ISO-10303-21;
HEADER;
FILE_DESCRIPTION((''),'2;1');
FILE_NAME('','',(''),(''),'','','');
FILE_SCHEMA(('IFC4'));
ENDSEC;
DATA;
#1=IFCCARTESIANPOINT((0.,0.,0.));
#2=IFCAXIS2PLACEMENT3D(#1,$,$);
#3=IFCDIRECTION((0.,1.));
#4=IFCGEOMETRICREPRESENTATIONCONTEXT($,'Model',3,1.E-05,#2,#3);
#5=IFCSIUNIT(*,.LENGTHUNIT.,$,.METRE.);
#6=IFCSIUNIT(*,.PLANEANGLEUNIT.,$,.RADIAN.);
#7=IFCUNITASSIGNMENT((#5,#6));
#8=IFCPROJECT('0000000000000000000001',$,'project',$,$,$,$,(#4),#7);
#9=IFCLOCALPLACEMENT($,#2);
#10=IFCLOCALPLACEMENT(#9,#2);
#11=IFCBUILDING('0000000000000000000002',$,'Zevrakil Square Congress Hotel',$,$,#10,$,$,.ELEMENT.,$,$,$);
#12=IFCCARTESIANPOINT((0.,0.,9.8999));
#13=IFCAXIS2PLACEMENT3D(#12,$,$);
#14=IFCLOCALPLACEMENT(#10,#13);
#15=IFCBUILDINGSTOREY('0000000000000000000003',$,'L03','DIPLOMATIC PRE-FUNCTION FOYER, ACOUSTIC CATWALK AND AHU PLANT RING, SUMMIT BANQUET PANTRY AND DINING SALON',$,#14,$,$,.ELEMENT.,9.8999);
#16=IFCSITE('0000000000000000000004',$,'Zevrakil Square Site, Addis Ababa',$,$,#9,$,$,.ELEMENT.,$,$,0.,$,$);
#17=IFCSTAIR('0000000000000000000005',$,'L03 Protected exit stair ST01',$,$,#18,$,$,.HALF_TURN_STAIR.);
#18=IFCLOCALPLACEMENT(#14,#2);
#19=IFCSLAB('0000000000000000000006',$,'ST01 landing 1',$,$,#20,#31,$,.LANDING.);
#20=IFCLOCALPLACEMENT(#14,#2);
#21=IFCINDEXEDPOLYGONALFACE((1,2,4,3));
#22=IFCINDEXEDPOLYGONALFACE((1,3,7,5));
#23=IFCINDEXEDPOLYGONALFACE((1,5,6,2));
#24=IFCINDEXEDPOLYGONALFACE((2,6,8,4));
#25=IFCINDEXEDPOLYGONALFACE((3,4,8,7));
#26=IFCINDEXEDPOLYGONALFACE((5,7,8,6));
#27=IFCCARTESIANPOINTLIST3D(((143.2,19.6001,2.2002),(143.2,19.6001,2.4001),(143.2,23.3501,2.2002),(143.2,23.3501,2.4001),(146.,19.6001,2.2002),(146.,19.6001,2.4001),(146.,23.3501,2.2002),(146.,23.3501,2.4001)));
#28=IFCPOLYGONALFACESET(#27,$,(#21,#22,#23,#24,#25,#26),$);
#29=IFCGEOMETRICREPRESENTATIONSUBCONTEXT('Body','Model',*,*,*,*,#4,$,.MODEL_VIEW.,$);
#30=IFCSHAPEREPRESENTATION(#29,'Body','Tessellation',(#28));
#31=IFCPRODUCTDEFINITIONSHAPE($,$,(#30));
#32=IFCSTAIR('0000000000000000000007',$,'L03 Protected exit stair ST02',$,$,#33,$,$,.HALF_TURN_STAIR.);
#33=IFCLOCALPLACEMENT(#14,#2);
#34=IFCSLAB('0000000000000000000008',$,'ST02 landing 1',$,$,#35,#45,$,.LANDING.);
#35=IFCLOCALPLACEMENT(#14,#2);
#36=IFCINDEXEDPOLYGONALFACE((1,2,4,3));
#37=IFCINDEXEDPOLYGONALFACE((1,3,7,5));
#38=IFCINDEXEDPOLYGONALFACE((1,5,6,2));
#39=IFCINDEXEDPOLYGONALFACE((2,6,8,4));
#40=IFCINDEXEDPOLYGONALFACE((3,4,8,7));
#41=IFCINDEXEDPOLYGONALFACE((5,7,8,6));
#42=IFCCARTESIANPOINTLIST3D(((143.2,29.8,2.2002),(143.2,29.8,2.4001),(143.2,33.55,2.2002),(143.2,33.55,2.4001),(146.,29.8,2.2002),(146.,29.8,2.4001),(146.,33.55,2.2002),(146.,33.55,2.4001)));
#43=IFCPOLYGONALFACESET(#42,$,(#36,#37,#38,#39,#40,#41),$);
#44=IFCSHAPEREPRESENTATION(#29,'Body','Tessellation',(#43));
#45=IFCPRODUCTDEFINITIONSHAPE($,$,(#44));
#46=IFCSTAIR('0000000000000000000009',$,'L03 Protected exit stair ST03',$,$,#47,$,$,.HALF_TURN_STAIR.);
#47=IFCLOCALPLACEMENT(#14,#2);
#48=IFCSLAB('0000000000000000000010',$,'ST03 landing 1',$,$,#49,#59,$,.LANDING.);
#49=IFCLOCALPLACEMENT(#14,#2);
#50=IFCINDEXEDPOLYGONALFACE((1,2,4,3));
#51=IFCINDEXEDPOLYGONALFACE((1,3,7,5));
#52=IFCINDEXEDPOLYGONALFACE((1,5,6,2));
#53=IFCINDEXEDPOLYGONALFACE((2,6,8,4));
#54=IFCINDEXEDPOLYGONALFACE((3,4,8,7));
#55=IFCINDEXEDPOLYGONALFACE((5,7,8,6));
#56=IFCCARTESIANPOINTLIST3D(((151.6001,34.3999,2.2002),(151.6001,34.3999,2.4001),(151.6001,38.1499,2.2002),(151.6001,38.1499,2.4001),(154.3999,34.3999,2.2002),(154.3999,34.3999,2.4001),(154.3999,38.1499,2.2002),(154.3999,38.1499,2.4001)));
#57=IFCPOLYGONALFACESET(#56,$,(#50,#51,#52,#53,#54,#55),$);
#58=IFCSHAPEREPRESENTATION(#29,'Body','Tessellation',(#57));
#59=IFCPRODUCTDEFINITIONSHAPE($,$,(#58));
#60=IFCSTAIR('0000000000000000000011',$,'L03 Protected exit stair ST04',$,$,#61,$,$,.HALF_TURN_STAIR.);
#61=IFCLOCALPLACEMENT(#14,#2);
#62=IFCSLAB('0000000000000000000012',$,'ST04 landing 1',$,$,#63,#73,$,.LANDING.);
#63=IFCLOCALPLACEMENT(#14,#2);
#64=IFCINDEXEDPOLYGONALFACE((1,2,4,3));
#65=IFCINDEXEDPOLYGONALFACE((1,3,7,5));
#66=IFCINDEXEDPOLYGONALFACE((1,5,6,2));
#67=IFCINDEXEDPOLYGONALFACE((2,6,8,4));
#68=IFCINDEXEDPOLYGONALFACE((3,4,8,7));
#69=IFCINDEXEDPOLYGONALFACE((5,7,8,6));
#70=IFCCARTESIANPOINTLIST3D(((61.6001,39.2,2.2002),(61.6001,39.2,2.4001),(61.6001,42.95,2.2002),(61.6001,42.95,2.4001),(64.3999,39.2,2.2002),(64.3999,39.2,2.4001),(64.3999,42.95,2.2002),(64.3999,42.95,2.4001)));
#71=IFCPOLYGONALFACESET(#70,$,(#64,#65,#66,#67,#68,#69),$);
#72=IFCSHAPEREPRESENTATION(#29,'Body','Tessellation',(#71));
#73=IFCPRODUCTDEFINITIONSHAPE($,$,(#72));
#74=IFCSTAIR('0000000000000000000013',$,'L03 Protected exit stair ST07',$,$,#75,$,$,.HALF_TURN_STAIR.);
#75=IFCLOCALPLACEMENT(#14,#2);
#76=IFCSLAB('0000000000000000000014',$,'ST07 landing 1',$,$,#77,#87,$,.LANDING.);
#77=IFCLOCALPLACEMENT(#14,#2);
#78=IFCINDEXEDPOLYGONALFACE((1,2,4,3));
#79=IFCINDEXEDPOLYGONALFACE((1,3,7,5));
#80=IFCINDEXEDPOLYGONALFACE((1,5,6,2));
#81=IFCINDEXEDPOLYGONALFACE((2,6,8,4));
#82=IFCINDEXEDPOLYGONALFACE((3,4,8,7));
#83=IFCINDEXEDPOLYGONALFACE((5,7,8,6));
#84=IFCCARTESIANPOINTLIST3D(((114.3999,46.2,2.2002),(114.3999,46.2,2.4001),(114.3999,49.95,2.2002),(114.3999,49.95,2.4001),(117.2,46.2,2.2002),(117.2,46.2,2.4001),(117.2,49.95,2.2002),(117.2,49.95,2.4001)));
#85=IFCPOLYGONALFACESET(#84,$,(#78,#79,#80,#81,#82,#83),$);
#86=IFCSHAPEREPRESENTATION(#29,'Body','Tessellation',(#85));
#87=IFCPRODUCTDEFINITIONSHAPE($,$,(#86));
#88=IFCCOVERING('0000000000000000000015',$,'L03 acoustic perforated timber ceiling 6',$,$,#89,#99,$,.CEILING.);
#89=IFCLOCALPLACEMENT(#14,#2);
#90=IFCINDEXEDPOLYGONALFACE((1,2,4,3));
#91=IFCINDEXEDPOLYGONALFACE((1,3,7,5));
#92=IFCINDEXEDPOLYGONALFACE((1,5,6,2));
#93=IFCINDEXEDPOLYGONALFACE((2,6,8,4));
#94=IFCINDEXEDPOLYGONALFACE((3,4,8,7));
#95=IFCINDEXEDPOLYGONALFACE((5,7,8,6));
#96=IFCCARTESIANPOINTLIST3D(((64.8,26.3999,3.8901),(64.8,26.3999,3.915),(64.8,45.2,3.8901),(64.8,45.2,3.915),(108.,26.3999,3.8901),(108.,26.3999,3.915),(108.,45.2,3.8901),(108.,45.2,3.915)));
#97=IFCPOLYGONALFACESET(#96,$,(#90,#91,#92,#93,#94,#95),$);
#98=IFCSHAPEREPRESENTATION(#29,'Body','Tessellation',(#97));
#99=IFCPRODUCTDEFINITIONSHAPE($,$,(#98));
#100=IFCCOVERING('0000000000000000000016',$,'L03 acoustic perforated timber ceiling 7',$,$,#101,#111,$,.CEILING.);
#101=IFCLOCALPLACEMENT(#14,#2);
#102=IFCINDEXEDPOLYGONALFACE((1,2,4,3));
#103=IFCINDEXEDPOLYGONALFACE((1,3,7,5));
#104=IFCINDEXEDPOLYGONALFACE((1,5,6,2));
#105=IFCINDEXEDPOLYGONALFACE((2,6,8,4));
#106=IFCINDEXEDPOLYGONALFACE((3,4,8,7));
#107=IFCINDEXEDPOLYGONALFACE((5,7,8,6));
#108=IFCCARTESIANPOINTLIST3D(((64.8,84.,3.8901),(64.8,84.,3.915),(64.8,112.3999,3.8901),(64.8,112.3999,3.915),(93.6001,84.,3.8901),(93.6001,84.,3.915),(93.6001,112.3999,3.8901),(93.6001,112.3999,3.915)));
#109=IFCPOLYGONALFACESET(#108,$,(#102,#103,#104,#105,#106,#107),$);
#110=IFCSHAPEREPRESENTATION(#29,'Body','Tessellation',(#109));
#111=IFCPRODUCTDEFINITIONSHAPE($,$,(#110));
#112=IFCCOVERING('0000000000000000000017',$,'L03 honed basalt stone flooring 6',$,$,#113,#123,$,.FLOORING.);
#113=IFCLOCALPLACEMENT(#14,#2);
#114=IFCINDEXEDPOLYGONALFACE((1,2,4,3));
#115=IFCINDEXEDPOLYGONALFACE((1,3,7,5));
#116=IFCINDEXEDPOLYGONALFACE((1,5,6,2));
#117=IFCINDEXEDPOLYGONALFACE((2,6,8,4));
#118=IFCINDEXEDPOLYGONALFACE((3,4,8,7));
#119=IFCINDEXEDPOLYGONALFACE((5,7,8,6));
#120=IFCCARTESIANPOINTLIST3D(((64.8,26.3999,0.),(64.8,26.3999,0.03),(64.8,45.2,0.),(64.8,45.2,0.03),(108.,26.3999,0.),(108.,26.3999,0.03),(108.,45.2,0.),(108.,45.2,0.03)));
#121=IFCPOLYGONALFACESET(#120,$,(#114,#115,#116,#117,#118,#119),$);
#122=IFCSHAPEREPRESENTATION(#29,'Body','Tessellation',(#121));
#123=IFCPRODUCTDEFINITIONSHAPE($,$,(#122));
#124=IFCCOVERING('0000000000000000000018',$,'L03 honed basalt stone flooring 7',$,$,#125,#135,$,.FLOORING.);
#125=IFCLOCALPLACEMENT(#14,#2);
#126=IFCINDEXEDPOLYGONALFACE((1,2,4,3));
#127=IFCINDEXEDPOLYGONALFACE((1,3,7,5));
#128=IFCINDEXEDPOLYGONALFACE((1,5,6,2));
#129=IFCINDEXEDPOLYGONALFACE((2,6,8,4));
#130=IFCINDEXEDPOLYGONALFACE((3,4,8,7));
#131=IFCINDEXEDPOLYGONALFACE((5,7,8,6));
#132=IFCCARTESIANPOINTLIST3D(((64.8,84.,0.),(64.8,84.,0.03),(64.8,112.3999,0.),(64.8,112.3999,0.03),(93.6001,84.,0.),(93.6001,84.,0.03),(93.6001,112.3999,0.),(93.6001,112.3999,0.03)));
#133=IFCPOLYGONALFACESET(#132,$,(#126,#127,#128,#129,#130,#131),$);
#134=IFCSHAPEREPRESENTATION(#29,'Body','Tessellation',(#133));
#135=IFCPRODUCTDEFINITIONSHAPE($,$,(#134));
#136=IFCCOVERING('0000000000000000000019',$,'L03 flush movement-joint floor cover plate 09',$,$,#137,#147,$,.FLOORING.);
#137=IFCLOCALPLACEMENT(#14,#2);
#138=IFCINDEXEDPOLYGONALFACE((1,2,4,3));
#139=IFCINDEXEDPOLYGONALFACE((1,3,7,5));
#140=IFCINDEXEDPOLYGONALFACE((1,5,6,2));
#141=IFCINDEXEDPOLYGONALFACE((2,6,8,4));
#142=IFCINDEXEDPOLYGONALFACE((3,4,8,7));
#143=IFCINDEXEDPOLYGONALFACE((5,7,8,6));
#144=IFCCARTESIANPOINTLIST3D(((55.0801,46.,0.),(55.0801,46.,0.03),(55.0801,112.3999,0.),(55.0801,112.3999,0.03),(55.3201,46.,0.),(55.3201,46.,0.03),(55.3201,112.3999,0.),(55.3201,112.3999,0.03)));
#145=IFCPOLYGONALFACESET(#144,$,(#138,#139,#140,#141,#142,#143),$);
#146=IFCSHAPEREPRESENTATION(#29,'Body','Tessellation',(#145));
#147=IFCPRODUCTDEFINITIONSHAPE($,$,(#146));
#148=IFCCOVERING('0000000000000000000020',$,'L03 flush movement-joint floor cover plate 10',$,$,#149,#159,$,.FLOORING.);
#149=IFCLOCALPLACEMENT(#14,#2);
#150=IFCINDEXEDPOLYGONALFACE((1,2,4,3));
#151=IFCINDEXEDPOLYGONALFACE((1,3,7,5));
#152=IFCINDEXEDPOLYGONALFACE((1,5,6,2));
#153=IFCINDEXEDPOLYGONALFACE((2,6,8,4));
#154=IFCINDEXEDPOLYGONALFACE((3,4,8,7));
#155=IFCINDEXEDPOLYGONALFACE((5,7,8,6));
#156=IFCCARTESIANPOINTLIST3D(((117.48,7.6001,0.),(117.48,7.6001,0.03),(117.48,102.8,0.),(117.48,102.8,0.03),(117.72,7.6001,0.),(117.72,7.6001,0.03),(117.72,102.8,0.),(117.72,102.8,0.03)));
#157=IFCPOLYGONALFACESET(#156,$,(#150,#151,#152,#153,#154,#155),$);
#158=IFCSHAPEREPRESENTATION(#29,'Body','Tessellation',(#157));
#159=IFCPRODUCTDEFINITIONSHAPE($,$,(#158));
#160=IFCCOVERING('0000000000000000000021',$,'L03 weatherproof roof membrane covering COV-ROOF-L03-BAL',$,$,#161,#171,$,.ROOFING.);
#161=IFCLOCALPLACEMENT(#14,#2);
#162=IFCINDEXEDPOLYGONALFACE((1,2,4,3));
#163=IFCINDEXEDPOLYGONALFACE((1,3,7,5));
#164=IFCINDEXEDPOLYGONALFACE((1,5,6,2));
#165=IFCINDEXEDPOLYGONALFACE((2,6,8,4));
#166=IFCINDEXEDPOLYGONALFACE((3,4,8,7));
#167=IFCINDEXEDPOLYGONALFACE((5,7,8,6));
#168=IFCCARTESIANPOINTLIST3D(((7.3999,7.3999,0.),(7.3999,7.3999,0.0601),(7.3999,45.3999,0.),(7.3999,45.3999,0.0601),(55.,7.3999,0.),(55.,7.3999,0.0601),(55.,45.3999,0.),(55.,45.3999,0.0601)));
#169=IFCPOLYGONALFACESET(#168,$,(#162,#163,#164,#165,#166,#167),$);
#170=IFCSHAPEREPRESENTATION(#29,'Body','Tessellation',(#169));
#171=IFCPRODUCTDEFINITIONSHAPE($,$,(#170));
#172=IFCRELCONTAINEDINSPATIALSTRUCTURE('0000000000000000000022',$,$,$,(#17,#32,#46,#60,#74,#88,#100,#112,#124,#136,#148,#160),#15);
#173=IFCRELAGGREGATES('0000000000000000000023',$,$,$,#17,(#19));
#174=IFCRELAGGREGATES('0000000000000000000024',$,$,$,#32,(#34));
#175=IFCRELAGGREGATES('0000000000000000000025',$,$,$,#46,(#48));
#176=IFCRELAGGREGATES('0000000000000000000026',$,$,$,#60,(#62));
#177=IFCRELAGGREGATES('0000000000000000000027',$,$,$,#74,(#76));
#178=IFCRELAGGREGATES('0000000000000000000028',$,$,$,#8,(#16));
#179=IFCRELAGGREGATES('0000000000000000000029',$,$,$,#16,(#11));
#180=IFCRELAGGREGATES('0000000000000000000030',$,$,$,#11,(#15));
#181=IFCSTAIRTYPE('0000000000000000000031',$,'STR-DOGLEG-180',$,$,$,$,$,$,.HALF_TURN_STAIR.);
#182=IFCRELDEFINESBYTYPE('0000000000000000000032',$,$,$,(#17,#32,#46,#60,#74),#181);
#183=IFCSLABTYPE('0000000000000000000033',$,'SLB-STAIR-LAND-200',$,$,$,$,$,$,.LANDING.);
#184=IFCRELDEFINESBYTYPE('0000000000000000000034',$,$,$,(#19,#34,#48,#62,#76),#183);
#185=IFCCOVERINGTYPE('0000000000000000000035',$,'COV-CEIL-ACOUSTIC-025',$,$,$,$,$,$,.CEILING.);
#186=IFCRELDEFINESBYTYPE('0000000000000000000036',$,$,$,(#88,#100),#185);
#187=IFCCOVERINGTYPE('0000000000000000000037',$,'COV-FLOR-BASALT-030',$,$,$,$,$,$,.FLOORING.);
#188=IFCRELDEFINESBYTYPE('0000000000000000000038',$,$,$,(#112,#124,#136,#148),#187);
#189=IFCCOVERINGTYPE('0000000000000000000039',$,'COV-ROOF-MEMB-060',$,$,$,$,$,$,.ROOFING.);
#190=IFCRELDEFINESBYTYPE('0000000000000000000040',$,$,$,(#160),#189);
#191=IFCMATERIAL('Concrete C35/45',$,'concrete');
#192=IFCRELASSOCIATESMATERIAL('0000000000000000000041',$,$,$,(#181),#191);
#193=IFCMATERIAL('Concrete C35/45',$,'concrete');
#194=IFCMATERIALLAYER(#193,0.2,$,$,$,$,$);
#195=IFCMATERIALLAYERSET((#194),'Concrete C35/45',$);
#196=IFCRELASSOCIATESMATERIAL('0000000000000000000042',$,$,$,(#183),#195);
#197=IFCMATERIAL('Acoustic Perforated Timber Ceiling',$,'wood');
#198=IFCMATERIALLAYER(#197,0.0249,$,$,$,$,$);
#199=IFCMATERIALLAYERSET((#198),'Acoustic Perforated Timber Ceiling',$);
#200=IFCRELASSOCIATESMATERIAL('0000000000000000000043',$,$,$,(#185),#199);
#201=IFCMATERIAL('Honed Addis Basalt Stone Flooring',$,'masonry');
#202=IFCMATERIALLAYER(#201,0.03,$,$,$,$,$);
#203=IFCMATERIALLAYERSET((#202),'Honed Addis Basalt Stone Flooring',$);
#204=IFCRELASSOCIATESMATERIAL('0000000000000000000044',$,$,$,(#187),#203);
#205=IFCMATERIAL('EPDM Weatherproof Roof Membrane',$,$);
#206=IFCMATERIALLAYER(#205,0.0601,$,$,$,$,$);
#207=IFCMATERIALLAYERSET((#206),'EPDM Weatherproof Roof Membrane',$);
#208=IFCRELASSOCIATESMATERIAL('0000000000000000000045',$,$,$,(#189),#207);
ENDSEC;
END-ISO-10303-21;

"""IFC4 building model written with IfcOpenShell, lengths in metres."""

from ifc_helpers import new_model, si_unit, direction, frame, origin, place, context, subcontext, project, spatial, polyline, outline, extrude, material, layer, layer_set, type_object, element, aggregate, save


model = new_model("IFC4")

# Units and contexts
model_context = context("Model", 3, precision=1e-05, world=origin(), true_north=direction((0.0, 1.0)))
body_context = subcontext(model_context, "Body", "Model", "MODEL_VIEW")
ifc_project = project(units=[si_unit("LENGTHUNIT", "METRE"), si_unit("PLANEANGLEUNIT", "RADIAN")], contexts=[model_context])

# Site, building, storey
site_placement = place(None, origin())
site = spatial("IfcSite", under=ifc_project, at=site_placement, Name="Zevrakil Square Site, Addis Ababa", CompositionType="ELEMENT", RefElevation=0.0)
building_placement = place(site_placement, origin())
building = spatial("IfcBuilding", under=site, at=building_placement, Name="Zevrakil Square Congress Hotel", CompositionType="ELEMENT")
storey_placement = place(building_placement, frame((0.0, 0.0, 9.8999)))
storey = spatial("IfcBuildingStorey", under=building, at=storey_placement, Name="L03", Description="DIPLOMATIC PRE-FUNCTION FOYER, ACOUSTIC CATWALK AND AHU PLANT RING, SUMMIT BANQUET PANTRY AND DINING SALON", CompositionType="ELEMENT", Elevation=9.8999)

# Stairs, slabs
ifc_material_1 = material(Name="Concrete C35/45", Category="concrete")
stair_type = type_object("IfcStairType", Name="STR-DOGLEG-180", PredefinedType="HALF_TURN_STAIR", material=ifc_material_1)
stair_1_placement = place(storey_placement, origin())
stair_1 = element("IfcStair", 1, at=stair_1_placement, inside=storey, type_object=stair_type, Name="L03 Protected exit stair ST01", PredefinedType="HALF_TURN_STAIR")
ifc_material_2 = material(Name="Concrete C35/45", Category="concrete")
ifc_layer_1 = layer(ifc_material_2, 0.2)
ifc_layer_set_1 = layer_set([ifc_layer_1], Name="Concrete C35/45")
slab_type_1 = type_object("IfcSlabType", Name="SLB-STAIR-LAND-200", PredefinedType="LANDING", material=ifc_layer_set_1)
slab_1_placement = place(storey_placement, frame((0.0, 0.0, 2.2002)))
slab_1 = element("IfcSlab", 2, at=slab_1_placement, type_object=slab_type_1, Name="ST01 landing 1", PredefinedType="LANDING", context=body_context, shape_type="SweptSolid", body=[
    extrude(outline(polyline([(143.2, 19.6001), (146.0, 19.6001), (146.0, 23.3501), (143.2, 23.3501), (143.2, 19.6001)])), origin(), (0.0, 0.0, 1.0), 0.2),
])
aggregate(stair_1, [slab_1])
stair_2_placement = place(storey_placement, origin())
stair_2 = element("IfcStair", 3, at=stair_2_placement, inside=storey, type_object=stair_type, Name="L03 Protected exit stair ST02", PredefinedType="HALF_TURN_STAIR")
slab_2_placement = place(storey_placement, frame((0.0, 0.0, 2.2002)))
slab_2 = element("IfcSlab", 4, at=slab_2_placement, type_object=slab_type_1, Name="ST02 landing 1", PredefinedType="LANDING", context=body_context, shape_type="SweptSolid", body=[
    extrude(outline(polyline([(143.2, 29.8), (146.0, 29.8), (146.0, 33.55), (143.2, 33.55), (143.2, 29.8)])), origin(), (0.0, 0.0, 1.0), 0.2),
])
aggregate(stair_2, [slab_2])
stair_3_placement = place(storey_placement, origin())
stair_3 = element("IfcStair", 5, at=stair_3_placement, inside=storey, type_object=stair_type, Name="L03 Protected exit stair ST03", PredefinedType="HALF_TURN_STAIR")
slab_3_placement = place(storey_placement, frame((0.0, 0.0, 2.2002)))
slab_3 = element("IfcSlab", 6, at=slab_3_placement, type_object=slab_type_1, Name="ST03 landing 1", PredefinedType="LANDING", context=body_context, shape_type="SweptSolid", body=[
    extrude(outline(polyline([(151.6001, 34.3999), (154.3999, 34.3999), (154.3999, 38.1499), (151.6001, 38.1499), (151.6001, 34.3999)])), origin(), (0.0, 0.0, 1.0), 0.2),
])
aggregate(stair_3, [slab_3])
stair_4_placement = place(storey_placement, origin())
stair_4 = element("IfcStair", 7, at=stair_4_placement, inside=storey, type_object=stair_type, Name="L03 Protected exit stair ST04", PredefinedType="HALF_TURN_STAIR")
slab_4_placement = place(storey_placement, frame((0.0, 0.0, 2.2002)))
slab_4 = element("IfcSlab", 8, at=slab_4_placement, type_object=slab_type_1, Name="ST04 landing 1", PredefinedType="LANDING", context=body_context, shape_type="SweptSolid", body=[
    extrude(outline(polyline([(61.6001, 39.2), (64.3999, 39.2), (64.3999, 42.95), (61.6001, 42.95), (61.6001, 39.2)])), origin(), (0.0, 0.0, 1.0), 0.2),
])
aggregate(stair_4, [slab_4])
stair_5_placement = place(storey_placement, origin())
stair_5 = element("IfcStair", 9, at=stair_5_placement, inside=storey, type_object=stair_type, Name="L03 Protected exit stair ST07", PredefinedType="HALF_TURN_STAIR")
slab_5_placement = place(storey_placement, frame((0.0, 0.0, 2.2002)))
slab_5 = element("IfcSlab", 10, at=slab_5_placement, type_object=slab_type_1, Name="ST07 landing 1", PredefinedType="LANDING", context=body_context, shape_type="SweptSolid", body=[
    extrude(outline(polyline([(114.3999, 46.2), (117.2, 46.2), (117.2, 49.95), (114.3999, 49.95), (114.3999, 46.2)])), origin(), (0.0, 0.0, 1.0), 0.2),
])
aggregate(stair_5, [slab_5])

# Coverings
ifc_material_3 = material(Name="Acoustic Perforated Timber Ceiling", Category="wood")
ifc_layer_2 = layer(ifc_material_3, 0.0249)
ifc_layer_set_2 = layer_set([ifc_layer_2], Name="Acoustic Perforated Timber Ceiling")
covering_type_1 = type_object("IfcCoveringType", Name="COV-CEIL-ACOUSTIC-025", PredefinedType="CEILING", material=ifc_layer_set_2)
covering_1_placement = place(storey_placement, frame((0.0, 0.0, 3.8901)))
element("IfcCovering", 11, at=covering_1_placement, inside=storey, type_object=covering_type_1, Name="L03 acoustic perforated timber ceiling 6", PredefinedType="CEILING", context=body_context, shape_type="SweptSolid", body=[
    extrude(outline(polyline([(64.8, 26.3999), (108.0, 26.3999), (108.0, 45.2), (64.8, 45.2), (64.8, 26.3999)])), origin(), (0.0, 0.0, 1.0), 0.0249),
])
covering_2_placement = place(storey_placement, frame((0.0, 0.0, 3.8901)))
element("IfcCovering", 12, at=covering_2_placement, inside=storey, type_object=covering_type_1, Name="L03 acoustic perforated timber ceiling 7", PredefinedType="CEILING", context=body_context, shape_type="SweptSolid", body=[
    extrude(outline(polyline([(64.8, 84.0), (93.6001, 84.0), (93.6001, 112.3999), (64.8, 112.3999), (64.8, 84.0)])), origin(), (0.0, 0.0, 1.0), 0.0249),
])
ifc_material_4 = material(Name="Honed Addis Basalt Stone Flooring", Category="masonry")
ifc_layer_3 = layer(ifc_material_4, 0.03)
ifc_layer_set_3 = layer_set([ifc_layer_3], Name="Honed Addis Basalt Stone Flooring")
covering_type_2 = type_object("IfcCoveringType", Name="COV-FLOR-BASALT-030", PredefinedType="FLOORING", material=ifc_layer_set_3)
covering_3_placement = place(storey_placement, origin())
element("IfcCovering", 13, at=covering_3_placement, inside=storey, type_object=covering_type_2, Name="L03 honed basalt stone flooring 6", PredefinedType="FLOORING", context=body_context, shape_type="SweptSolid", body=[
    extrude(outline(polyline([(64.8, 26.3999), (108.0, 26.3999), (108.0, 45.2), (64.8, 45.2), (64.8, 26.3999)])), origin(), (0.0, 0.0, 1.0), 0.03),
])
covering_4_placement = place(storey_placement, origin())
element("IfcCovering", 14, at=covering_4_placement, inside=storey, type_object=covering_type_2, Name="L03 honed basalt stone flooring 7", PredefinedType="FLOORING", context=body_context, shape_type="SweptSolid", body=[
    extrude(outline(polyline([(64.8, 84.0), (93.6001, 84.0), (93.6001, 112.3999), (64.8, 112.3999), (64.8, 84.0)])), origin(), (0.0, 0.0, 1.0), 0.03),
])
covering_5_placement = place(storey_placement, origin())
element("IfcCovering", 15, at=covering_5_placement, inside=storey, type_object=covering_type_2, Name="L03 flush movement-joint floor cover plate 09", PredefinedType="FLOORING", context=body_context, shape_type="SweptSolid", body=[
    extrude(outline(polyline([(55.0801, 46.0), (55.3201, 46.0), (55.3201, 112.3999), (55.0801, 112.3999), (55.0801, 46.0)])), origin(), (0.0, 0.0, 1.0), 0.03),
])
covering_6_placement = place(storey_placement, origin())
element("IfcCovering", 16, at=covering_6_placement, inside=storey, type_object=covering_type_2, Name="L03 flush movement-joint floor cover plate 10", PredefinedType="FLOORING", context=body_context, shape_type="SweptSolid", body=[
    extrude(outline(polyline([(117.48, 7.6001), (117.72, 7.6001), (117.72, 102.8), (117.48, 102.8), (117.48, 7.6001)])), origin(), (0.0, 0.0, 1.0), 0.03),
])
ifc_material_5 = material(Name="EPDM Weatherproof Roof Membrane")
ifc_layer_4 = layer(ifc_material_5, 0.0601)
ifc_layer_set_4 = layer_set([ifc_layer_4], Name="EPDM Weatherproof Roof Membrane")
covering_type_3 = type_object("IfcCoveringType", Name="COV-ROOF-MEMB-060", PredefinedType="ROOFING", material=ifc_layer_set_4)
covering_7_placement = place(storey_placement, origin())
element("IfcCovering", 17, at=covering_7_placement, inside=storey, type_object=covering_type_3, Name="L03 weatherproof roof membrane covering COV-ROOF-L03-BAL", PredefinedType="ROOFING", context=body_context, shape_type="SweptSolid", body=[
    extrude(outline(polyline([(7.3999, 7.3999), (55.0, 7.3999), (55.0, 45.3999), (7.3999, 45.3999), (7.3999, 7.3999)])), origin(), (0.0, 0.0, 1.0), 0.0601),
])

save(model, "model.ifc")
